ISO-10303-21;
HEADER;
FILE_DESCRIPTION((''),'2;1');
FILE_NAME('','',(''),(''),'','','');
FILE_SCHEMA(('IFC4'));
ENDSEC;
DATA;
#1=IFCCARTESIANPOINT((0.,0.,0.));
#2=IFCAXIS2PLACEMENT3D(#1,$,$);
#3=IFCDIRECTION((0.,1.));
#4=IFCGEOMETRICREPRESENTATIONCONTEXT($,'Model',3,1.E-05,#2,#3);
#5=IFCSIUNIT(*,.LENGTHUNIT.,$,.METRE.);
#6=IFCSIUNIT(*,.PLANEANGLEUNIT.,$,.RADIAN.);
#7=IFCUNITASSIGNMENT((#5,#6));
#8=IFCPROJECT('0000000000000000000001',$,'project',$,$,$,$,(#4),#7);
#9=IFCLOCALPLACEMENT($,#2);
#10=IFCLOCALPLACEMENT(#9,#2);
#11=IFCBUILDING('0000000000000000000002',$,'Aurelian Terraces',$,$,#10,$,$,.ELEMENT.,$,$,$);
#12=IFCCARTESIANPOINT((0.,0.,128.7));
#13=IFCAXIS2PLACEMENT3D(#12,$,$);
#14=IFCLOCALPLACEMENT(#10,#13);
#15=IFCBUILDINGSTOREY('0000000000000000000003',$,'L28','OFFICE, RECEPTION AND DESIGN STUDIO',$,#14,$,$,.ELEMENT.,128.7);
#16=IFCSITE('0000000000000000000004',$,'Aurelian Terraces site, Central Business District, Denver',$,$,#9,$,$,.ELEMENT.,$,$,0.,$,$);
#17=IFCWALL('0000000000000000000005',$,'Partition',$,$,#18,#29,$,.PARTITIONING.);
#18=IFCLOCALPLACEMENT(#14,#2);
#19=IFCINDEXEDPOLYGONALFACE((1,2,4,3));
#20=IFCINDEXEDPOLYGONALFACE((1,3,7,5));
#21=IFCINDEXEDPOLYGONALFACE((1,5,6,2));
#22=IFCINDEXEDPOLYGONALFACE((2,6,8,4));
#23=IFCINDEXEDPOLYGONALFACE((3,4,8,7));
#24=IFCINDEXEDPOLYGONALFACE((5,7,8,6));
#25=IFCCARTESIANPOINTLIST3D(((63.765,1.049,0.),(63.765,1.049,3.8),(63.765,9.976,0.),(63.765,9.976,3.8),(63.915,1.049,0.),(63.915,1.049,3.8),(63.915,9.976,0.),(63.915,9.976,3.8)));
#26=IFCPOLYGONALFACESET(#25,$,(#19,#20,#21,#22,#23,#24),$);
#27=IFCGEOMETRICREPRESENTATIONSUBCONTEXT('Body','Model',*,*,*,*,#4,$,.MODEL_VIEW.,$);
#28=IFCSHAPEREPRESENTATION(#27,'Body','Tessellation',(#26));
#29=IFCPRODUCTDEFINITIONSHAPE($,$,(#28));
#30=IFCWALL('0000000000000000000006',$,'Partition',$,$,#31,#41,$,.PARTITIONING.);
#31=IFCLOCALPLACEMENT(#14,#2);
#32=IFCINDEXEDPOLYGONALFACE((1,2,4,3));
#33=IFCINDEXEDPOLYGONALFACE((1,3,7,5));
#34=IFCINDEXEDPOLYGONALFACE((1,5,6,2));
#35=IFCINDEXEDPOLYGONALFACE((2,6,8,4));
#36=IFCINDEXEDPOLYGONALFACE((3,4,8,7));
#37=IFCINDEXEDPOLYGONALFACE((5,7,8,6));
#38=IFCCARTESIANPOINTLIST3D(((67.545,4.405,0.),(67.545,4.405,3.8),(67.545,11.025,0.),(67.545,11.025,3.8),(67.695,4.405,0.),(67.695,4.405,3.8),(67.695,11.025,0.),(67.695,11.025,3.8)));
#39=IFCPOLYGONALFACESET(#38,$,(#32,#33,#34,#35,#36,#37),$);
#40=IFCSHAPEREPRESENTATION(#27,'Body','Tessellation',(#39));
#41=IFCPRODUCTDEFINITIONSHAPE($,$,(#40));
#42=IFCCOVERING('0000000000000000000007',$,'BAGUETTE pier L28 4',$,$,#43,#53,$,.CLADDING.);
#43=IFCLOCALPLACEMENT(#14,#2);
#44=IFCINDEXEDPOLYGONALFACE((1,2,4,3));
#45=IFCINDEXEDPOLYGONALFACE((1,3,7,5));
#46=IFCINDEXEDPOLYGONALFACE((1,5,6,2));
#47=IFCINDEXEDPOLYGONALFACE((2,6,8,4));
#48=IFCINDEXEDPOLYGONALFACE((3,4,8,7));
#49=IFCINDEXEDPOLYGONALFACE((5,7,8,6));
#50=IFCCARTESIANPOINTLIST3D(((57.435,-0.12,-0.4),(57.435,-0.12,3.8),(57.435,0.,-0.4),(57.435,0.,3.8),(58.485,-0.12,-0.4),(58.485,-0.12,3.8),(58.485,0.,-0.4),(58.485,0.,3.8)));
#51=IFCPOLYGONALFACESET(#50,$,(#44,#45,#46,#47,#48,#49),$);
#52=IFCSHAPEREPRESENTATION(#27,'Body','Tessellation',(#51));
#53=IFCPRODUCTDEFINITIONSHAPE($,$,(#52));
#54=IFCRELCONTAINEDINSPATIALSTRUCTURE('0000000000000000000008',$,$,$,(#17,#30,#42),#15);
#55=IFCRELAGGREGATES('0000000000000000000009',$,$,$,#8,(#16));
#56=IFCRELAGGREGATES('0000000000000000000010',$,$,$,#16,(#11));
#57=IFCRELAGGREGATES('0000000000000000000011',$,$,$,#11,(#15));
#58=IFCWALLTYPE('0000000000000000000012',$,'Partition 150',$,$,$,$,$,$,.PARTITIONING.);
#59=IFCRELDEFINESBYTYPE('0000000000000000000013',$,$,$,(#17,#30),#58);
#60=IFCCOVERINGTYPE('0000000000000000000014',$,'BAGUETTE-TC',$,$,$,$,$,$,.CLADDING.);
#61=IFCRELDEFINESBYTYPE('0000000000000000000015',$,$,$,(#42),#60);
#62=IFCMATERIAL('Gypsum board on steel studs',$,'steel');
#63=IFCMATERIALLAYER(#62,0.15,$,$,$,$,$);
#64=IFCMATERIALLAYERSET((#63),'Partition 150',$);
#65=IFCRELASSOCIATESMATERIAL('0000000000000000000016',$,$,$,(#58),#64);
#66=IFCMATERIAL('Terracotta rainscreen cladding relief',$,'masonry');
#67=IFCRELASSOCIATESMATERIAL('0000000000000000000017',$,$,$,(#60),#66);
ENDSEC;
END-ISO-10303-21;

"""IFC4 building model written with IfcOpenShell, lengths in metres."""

from ifc_helpers import new_model, si_unit, direction, frame, frame_2d, origin, origin_2d, place, context, subcontext, project, spatial, rectangle, extrude, source, transform, mapped, material, layer, layer_set, type_object, element, save


model = new_model("IFC4")

# Units and contexts
model_context = context("Model", 3, precision=1e-05, world=origin(), true_north=direction((0.0, 1.0)))
body_context = subcontext(model_context, "Body", "Model", "MODEL_VIEW")
ifc_project = project(units=[si_unit("LENGTHUNIT", "METRE"), si_unit("PLANEANGLEUNIT", "RADIAN")], contexts=[model_context])

# Site, building, storey
site_placement = place(None, origin())
site = spatial("IfcSite", under=ifc_project, at=site_placement, Name="Aurelian Terraces site, Central Business District, Denver", CompositionType="ELEMENT", RefElevation=0.0)
building_placement = place(site_placement, origin())
building = spatial("IfcBuilding", under=site, at=building_placement, Name="Aurelian Terraces", CompositionType="ELEMENT")
storey_placement = place(building_placement, frame((0.0, 0.0, 128.7)))
storey = spatial("IfcBuildingStorey", under=building, at=storey_placement, Name="L28", Description="OFFICE, RECEPTION AND DESIGN STUDIO", CompositionType="ELEMENT", Elevation=128.7)

# Walls
ifc_material_1 = material(Name="Gypsum board on steel studs", Category="steel")
ifc_layer_1 = layer(ifc_material_1, 0.15)
ifc_layer_set_1 = layer_set([ifc_layer_1], Name="Partition 150")
wall_type_1 = type_object("IfcWallType", Name="Partition 150", PredefinedType="PARTITIONING", material=ifc_layer_set_1)
shared_shape_1 = source(origin(), body_context, "Body", "SweptSolid", [
    extrude(rectangle(XDim=8.927, YDim=0.15, at=frame_2d((4.4635, 0.0))), origin(), (0.0, 0.0, 1.0), 3.8),
])
for number, where, z_axis, x_axis, name in (
    (1, (63.84, 1.049, 0.0), (0.0, 0.0, 1.0), (0.0, 1.0, 0.0), "Partition"),
):
    element("IfcWall", number, at=place(storey_placement, frame(where, z_axis=z_axis, x_axis=x_axis)), inside=storey, type_object=wall_type_1, Name=name, PredefinedType="PARTITIONING", context=body_context, shape_type="MappedRepresentation", body=[
        mapped(shared_shape_1, transform((0.0, 0.0, 0.0), scale=1.0)),
    ])
shared_shape_2 = source(origin(), body_context, "Body", "SweptSolid", [
    extrude(rectangle(XDim=6.62, YDim=0.15, at=frame_2d((3.31, 0.0))), origin(), (0.0, 0.0, 1.0), 3.8),
])
wall_1_placement = place(storey_placement, frame((67.62, 4.405, 0.0), z_axis=(0.0, 0.0, 1.0), x_axis=(0.0, 1.0, 0.0)))
element("IfcWall", 2, at=wall_1_placement, inside=storey, type_object=wall_type_1, Name="Partition", PredefinedType="PARTITIONING", context=body_context, shape_type="MappedRepresentation", body=[
    mapped(shared_shape_2, transform((0.0, 0.0, 0.0), scale=1.0)),
])

# Covering
ifc_material_2 = material(Name="Terracotta rainscreen cladding relief", Category="masonry")
covering_type = type_object("IfcCoveringType", Name="BAGUETTE-TC", PredefinedType="CLADDING", material=ifc_material_2)
shared_shape_3 = source(origin(), body_context, "Body", "SweptSolid", [
    extrude(rectangle(XDim=1.05, YDim=0.12, at=origin_2d()), origin(), (0.0, 0.0, 1.0), 4.2),
])
covering_placement = place(storey_placement, frame((57.96, -0.06, -0.4), z_axis=(0.0, 0.0, 1.0), x_axis=(1.0, 0.0, 0.0)))
element("IfcCovering", 3, at=covering_placement, inside=storey, type_object=covering_type, Name="BAGUETTE pier L28 4", PredefinedType="CLADDING", context=body_context, shape_type="MappedRepresentation", body=[
    mapped(shared_shape_3, transform((0.0, 0.0, 0.0), scale=1.0)),
])

save(model, "model.ifc")
